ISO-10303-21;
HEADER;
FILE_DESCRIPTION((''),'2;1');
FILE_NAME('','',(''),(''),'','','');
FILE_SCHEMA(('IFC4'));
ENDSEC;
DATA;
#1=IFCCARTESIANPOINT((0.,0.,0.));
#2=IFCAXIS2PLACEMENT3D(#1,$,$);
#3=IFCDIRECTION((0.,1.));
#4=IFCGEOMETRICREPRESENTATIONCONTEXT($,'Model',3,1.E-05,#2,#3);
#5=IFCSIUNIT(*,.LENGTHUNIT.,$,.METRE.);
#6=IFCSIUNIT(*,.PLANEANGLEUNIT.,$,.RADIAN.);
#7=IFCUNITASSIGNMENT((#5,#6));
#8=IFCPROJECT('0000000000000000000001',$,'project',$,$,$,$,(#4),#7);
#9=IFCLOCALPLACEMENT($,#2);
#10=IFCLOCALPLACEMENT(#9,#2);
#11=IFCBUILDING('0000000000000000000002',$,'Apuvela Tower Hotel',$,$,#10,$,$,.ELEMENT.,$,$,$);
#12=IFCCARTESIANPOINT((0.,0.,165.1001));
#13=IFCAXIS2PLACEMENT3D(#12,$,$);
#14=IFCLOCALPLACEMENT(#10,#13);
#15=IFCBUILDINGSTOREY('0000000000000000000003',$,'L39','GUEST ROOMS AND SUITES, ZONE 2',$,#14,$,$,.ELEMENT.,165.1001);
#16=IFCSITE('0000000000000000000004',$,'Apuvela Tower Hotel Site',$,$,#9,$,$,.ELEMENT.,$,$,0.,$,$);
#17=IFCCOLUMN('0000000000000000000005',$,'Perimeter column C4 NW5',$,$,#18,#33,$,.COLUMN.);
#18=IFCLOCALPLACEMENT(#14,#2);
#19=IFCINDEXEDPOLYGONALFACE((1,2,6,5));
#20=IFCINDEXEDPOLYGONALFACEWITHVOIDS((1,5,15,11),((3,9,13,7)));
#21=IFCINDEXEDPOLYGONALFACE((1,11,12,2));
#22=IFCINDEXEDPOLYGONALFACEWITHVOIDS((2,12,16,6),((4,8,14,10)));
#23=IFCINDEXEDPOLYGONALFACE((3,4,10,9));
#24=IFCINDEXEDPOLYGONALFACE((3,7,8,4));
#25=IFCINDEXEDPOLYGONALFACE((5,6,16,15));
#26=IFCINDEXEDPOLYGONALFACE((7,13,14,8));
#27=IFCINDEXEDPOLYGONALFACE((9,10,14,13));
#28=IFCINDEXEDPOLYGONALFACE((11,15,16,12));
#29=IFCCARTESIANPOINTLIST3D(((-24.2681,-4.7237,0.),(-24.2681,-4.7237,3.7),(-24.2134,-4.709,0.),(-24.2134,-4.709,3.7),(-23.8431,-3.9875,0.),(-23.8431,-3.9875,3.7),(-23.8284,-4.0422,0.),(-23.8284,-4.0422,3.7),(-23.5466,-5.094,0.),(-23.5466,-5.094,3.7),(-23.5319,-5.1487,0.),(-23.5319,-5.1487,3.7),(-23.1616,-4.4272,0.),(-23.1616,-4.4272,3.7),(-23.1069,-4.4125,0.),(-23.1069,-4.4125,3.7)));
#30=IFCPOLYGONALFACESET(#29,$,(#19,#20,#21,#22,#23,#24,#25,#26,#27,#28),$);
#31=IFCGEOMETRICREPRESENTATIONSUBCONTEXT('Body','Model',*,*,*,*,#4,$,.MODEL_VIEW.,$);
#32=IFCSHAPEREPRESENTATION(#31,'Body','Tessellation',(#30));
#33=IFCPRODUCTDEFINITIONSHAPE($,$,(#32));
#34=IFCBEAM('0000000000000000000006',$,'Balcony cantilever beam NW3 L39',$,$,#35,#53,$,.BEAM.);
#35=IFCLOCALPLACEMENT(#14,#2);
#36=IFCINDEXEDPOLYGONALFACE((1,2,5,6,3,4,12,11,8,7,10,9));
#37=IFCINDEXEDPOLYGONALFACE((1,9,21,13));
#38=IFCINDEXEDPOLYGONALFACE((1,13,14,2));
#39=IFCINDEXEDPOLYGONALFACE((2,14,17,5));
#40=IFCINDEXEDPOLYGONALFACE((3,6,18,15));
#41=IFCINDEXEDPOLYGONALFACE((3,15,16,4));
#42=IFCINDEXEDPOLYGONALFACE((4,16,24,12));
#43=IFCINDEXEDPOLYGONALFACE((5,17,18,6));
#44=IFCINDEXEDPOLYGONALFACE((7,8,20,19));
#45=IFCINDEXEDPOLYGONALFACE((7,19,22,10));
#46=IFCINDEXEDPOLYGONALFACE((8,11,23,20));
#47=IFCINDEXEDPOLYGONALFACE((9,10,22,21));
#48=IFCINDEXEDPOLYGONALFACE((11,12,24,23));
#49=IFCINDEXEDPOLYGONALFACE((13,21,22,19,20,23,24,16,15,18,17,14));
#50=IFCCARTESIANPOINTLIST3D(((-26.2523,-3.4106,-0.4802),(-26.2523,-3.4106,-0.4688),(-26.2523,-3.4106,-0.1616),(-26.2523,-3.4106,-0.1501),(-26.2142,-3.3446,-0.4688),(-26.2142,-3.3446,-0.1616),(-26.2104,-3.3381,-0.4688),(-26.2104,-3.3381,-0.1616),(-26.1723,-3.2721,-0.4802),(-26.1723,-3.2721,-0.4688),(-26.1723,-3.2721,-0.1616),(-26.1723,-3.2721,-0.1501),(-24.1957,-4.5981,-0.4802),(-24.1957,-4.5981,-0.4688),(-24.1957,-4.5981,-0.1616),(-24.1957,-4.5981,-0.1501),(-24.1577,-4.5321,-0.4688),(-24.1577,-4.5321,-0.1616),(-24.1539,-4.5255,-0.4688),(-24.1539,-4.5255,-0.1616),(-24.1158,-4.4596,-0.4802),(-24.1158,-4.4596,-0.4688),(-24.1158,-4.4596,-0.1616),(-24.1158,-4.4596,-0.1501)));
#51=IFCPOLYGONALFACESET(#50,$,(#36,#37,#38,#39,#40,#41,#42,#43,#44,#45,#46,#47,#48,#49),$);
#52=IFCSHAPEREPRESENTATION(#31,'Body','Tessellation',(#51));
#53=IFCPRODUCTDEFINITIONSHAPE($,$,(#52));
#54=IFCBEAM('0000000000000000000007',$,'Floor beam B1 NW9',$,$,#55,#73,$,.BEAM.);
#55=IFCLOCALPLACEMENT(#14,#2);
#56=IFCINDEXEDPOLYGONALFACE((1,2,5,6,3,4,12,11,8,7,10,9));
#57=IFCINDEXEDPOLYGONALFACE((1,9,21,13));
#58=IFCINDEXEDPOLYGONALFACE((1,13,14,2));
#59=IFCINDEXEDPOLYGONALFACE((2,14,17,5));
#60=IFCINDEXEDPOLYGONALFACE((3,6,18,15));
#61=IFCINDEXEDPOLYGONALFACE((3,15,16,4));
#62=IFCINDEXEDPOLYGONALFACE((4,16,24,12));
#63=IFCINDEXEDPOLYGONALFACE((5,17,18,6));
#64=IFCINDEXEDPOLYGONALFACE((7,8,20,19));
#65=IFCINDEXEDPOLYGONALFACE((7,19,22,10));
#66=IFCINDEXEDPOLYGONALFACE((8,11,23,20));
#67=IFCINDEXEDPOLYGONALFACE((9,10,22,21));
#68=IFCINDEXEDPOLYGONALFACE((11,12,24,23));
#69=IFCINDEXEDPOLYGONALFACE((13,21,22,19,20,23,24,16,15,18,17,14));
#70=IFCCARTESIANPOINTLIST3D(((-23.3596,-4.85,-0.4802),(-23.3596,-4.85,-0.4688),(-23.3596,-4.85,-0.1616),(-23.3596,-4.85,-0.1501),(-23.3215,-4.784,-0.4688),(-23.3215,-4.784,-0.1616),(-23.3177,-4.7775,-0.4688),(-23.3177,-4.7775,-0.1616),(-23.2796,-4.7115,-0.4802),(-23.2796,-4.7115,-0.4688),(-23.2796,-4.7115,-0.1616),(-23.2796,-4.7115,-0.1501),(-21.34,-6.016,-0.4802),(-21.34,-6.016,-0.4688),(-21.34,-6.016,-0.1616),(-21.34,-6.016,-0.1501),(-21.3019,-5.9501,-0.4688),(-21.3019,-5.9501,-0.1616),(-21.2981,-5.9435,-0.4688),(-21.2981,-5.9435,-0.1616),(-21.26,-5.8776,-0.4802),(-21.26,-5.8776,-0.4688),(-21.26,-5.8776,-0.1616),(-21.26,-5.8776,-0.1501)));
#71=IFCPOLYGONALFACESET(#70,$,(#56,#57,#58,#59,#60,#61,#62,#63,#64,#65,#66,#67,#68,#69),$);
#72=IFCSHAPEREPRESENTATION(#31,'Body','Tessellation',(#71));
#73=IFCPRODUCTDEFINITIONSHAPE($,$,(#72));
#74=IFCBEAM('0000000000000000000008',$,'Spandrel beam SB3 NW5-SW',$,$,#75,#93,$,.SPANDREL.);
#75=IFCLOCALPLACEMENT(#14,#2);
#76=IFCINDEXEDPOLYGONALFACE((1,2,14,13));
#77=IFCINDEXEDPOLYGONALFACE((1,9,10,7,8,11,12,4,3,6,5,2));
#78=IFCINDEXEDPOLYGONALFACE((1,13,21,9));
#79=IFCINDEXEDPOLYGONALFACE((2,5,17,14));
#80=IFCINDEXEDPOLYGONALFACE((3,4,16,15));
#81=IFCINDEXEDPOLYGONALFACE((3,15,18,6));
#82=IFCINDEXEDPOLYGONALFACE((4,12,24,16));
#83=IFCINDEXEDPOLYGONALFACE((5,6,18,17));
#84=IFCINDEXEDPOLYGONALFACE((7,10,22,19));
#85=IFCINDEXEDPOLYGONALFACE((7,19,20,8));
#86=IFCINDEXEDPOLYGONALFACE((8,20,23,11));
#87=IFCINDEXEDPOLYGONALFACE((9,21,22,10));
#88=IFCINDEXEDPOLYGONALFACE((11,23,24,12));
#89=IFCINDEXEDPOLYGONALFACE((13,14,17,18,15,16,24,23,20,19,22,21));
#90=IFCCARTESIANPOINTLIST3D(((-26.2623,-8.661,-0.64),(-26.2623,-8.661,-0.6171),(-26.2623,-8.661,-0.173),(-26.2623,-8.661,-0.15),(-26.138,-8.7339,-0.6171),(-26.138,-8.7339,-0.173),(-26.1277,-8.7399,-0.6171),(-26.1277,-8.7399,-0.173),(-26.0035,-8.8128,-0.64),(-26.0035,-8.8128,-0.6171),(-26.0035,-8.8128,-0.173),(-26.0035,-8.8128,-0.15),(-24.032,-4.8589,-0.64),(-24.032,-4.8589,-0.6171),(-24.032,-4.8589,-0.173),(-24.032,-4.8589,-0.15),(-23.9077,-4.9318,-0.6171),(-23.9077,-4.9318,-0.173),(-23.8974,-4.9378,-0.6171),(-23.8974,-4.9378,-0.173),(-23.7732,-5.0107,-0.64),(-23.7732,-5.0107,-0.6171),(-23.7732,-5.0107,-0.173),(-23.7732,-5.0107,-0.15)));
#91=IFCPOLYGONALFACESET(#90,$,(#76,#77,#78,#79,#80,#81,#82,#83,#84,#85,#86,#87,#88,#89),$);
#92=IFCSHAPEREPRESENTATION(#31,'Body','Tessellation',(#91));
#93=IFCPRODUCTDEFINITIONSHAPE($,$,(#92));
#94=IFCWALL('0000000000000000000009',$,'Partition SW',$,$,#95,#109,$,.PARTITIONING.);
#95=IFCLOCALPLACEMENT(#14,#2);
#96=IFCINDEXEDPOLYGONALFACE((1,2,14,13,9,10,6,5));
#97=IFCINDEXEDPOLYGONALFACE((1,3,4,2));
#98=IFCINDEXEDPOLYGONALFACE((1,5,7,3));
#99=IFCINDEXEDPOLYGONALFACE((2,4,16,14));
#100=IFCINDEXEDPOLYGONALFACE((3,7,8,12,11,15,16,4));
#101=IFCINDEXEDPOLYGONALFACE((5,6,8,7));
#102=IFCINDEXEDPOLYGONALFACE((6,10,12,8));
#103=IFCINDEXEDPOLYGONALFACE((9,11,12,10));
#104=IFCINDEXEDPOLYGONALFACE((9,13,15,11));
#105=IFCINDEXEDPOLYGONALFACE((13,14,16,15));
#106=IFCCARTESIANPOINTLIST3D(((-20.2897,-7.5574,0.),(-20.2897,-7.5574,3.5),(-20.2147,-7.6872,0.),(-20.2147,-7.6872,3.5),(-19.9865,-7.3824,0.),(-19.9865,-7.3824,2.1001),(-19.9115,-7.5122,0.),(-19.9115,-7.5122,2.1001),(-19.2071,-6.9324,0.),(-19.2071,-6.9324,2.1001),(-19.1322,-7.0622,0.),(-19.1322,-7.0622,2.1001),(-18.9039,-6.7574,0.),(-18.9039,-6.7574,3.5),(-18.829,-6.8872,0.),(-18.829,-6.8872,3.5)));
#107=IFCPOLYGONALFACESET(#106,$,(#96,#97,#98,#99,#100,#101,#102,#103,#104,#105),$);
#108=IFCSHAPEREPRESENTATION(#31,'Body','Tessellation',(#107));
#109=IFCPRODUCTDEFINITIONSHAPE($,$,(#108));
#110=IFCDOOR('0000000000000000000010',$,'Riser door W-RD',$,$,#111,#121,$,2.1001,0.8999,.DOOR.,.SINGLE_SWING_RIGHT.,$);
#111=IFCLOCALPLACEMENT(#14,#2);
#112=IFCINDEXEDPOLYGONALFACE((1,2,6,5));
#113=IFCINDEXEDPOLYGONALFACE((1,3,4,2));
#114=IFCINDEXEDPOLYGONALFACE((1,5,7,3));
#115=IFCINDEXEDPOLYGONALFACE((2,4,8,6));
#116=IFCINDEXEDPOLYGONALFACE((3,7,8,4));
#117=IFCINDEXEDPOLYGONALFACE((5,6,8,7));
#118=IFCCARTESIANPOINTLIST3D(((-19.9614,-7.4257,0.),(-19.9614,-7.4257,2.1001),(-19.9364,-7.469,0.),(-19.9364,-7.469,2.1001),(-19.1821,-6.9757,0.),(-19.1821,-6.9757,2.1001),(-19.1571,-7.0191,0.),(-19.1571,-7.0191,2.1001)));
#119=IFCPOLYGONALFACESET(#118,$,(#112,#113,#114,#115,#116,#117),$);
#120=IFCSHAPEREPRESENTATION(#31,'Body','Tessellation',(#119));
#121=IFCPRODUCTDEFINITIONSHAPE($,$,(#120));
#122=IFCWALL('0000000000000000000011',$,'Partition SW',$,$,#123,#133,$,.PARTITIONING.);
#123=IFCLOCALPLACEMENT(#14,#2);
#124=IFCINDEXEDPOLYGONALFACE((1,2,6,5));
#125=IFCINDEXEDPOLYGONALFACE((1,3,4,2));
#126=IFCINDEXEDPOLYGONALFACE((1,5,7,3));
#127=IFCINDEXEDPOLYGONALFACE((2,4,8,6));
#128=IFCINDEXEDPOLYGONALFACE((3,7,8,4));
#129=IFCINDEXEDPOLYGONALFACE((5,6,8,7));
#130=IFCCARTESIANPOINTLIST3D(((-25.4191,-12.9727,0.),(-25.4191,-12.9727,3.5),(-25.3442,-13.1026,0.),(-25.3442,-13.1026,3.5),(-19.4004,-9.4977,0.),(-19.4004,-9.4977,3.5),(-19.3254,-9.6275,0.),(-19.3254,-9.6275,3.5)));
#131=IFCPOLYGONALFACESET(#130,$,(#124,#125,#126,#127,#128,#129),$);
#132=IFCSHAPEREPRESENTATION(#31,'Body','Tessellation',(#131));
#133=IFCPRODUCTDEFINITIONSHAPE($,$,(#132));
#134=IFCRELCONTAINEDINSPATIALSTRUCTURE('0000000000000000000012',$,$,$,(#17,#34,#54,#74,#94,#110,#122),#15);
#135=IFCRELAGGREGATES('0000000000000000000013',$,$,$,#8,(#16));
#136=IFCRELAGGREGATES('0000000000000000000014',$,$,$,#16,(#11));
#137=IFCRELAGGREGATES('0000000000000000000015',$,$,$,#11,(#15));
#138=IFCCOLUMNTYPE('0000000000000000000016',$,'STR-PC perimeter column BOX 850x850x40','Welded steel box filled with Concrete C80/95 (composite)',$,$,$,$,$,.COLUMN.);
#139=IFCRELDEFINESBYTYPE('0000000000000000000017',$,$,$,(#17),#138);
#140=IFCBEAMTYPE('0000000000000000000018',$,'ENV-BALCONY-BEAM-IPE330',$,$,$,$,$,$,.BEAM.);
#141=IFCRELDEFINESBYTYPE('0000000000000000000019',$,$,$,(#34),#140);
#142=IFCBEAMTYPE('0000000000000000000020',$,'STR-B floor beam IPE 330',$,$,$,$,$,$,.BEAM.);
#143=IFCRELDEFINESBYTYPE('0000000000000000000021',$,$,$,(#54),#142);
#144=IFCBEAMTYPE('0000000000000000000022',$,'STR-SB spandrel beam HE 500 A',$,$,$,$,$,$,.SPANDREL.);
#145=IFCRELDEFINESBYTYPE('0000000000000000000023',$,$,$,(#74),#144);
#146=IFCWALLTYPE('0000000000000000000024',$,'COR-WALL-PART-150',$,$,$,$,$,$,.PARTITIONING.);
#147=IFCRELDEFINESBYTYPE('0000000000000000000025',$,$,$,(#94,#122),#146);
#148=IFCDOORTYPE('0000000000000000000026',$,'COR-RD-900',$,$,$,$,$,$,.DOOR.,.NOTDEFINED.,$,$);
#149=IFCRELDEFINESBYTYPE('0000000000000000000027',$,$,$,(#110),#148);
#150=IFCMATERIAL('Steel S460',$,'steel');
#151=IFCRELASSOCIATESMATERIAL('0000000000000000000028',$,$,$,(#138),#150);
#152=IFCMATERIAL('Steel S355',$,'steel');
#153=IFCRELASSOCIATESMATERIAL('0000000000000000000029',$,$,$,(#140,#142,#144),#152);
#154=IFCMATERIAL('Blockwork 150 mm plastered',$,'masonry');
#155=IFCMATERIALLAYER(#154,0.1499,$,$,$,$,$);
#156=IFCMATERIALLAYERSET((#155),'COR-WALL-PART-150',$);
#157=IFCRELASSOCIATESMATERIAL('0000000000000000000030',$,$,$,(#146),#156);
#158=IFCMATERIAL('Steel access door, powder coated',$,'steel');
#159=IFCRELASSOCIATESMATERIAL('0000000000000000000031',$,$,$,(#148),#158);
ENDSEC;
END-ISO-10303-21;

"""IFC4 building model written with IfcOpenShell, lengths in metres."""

from ifc_helpers import new_model, si_unit, direction, frame, frame_2d, origin, origin_2d, place, context, subcontext, project, spatial, rectangle, hollow_rectangle, i_section, extrude, material, layer, layer_set, material_profile, profile_set, type_object, element, fill, save


model = new_model("IFC4")

# Units and contexts
model_context = context("Model", 3, precision=1e-05, world=origin(), true_north=direction((0.0, 1.0)))
body_context = subcontext(model_context, "Body", "Model", "MODEL_VIEW")
ifc_project = project(units=[si_unit("LENGTHUNIT", "METRE"), si_unit("PLANEANGLEUNIT", "RADIAN")], contexts=[model_context])

# Site, building, storey
site_placement = place(None, origin())
site = spatial("IfcSite", under=ifc_project, at=site_placement, Name="Apuvela Tower Hotel Site", CompositionType="ELEMENT", RefElevation=0.0)
building_placement = place(site_placement, origin())
building = spatial("IfcBuilding", under=site, at=building_placement, Name="Apuvela Tower Hotel", CompositionType="ELEMENT")
storey_placement = place(building_placement, frame((0.0, 0.0, 165.1001)))
storey = spatial("IfcBuildingStorey", under=building, at=storey_placement, Name="L39", Description="GUEST ROOMS AND SUITES, ZONE 2", CompositionType="ELEMENT", Elevation=165.1001)

# Column
ifc_material_1 = material(Name="Steel S460", Category="steel")
ifc_material_profile_1 = material_profile(ifc_material_1, hollow_rectangle(XDim=0.8501, YDim=0.8501, WallThickness=0.04, at=origin_2d()), Name="BOX 850x850x40")
ifc_material_2 = material(Name="Concrete C80/95", Category="concrete")
ifc_material_profile_2 = material_profile(ifc_material_2, rectangle(XDim=0.77, YDim=0.77, at=origin_2d()), Name="Concrete C80/95 infill")
ifc_profile_set_1 = profile_set([ifc_material_profile_1, ifc_material_profile_2], Name="Steel S460")
column_type = type_object("IfcColumnType", Name="STR-PC perimeter column BOX 850x850x40", Description="Welded steel box filled with Concrete C80/95 (composite)", PredefinedType="COLUMN", material=ifc_profile_set_1)
column_placement = place(storey_placement, frame((-23.6875, -4.5681, 0.0), z_axis=(0.0, 0.0, 1.0), x_axis=(0.5, 0.866025, 0.0)))
element("IfcColumn", 1, at=column_placement, inside=storey, type_object=column_type, Name="Perimeter column C4 NW5", PredefinedType="COLUMN", context=body_context, shape_type="SweptSolid", body=[
    extrude(hollow_rectangle(XDim=0.8501, YDim=0.8501, WallThickness=0.04, at=origin_2d()), origin(), (0.0, 0.0, 1.0), 3.7),
])

# Beams
ifc_material_3 = material(Name="Steel S355", Category="steel")
ifc_material_profile_3 = material_profile(ifc_material_3, i_section(OverallWidth=0.1599, OverallDepth=0.3301, WebThickness=0.0076, FlangeThickness=0.0115, at=origin_2d()), Name="IPE 330")
ifc_profile_set_2 = profile_set([ifc_material_profile_3], Name="Steel S355")
beam_type_1 = type_object("IfcBeamType", Name="ENV-BALCONY-BEAM-IPE330", PredefinedType="BEAM", material=ifc_profile_set_2)
beam_1_placement = place(storey_placement, frame((-24.1558, -4.5288, -0.3152), z_axis=(-0.866008, 0.500031, 0.0), x_axis=(-0.500031, -0.866008, 0.0)))
element("IfcBeam", 2, at=beam_1_placement, inside=storey, type_object=beam_type_1, Name="Balcony cantilever beam NW3 L39", PredefinedType="BEAM", context=body_context, shape_type="SweptSolid", body=[
    extrude(i_section(OverallWidth=0.1599, OverallDepth=0.3301, WebThickness=0.0076, FlangeThickness=0.0115, at=origin_2d()), origin(), (0.0, 0.0, 1.0), 2.3748),
])
ifc_material_profile_4 = material_profile(ifc_material_3, i_section(OverallWidth=0.1599, OverallDepth=0.3301, WebThickness=0.0076, FlangeThickness=0.0115, at=origin_2d()), Name="IPE 330")
ifc_profile_set_3 = profile_set([ifc_material_profile_4], Name="Steel S355")
beam_type_2 = type_object("IfcBeamType", Name="STR-B floor beam IPE 330", PredefinedType="BEAM", material=ifc_profile_set_3)
beam_2_placement = place(storey_placement, frame((-23.3196, -4.7808, -0.3152), z_axis=(0.866018, -0.500012, 0.0), x_axis=(0.500012, 0.866018, 0.0)))
element("IfcBeam", 3, at=beam_2_placement, inside=storey, type_object=beam_type_2, Name="Floor beam B1 NW9", PredefinedType="BEAM", context=body_context, shape_type="SweptSolid", body=[
    extrude(i_section(OverallWidth=0.1599, OverallDepth=0.3301, WebThickness=0.0076, FlangeThickness=0.0115, at=origin_2d()), origin(), (0.0, 0.0, 1.0), 2.332),
])
ifc_material_profile_5 = material_profile(ifc_material_3, i_section(OverallWidth=0.3, OverallDepth=0.49, WebThickness=0.012, FlangeThickness=0.0229, at=origin_2d()), Name="HE 500 A")
ifc_profile_set_4 = profile_set([ifc_material_profile_5], Name="Steel S355")
beam_type_3 = type_object("IfcBeamType", Name="STR-SB spandrel beam HE 500 A", PredefinedType="SPANDREL", material=ifc_profile_set_4)
beam_3_placement = place(storey_placement, frame((-23.9026, -4.9348, -0.395), z_axis=(-0.505967, -0.862553, 0.0), x_axis=(0.862553, -0.505967, 0.0)))
element("IfcBeam", 4, at=beam_3_placement, inside=storey, type_object=beam_type_3, Name="Spandrel beam SB3 NW5-SW", PredefinedType="SPANDREL", context=body_context, shape_type="SweptSolid", body=[
    extrude(i_section(OverallWidth=0.3, OverallDepth=0.49, WebThickness=0.012, FlangeThickness=0.0229, at=origin_2d()), origin(), (0.0, 0.0, 1.0), 4.408),
])

# Wall, opening, door
ifc_material_4 = material(Name="Blockwork 150 mm plastered", Category="masonry")
ifc_layer_1 = layer(ifc_material_4, 0.1499)
ifc_layer_set_1 = layer_set([ifc_layer_1], Name="COR-WALL-PART-150")
wall_type_1 = type_object("IfcWallType", Name="COR-WALL-PART-150", PredefinedType="PARTITIONING", material=ifc_layer_set_1)
wall_1_placement = place(storey_placement, frame((-18.8665, -6.8223, 0.0), z_axis=(0.0, 0.0, 1.0), x_axis=(-0.866028, -0.499995, 0.0)))
wall_1 = element("IfcWall", 5, at=wall_1_placement, inside=storey, type_object=wall_type_1, Name="Partition SW", PredefinedType="PARTITIONING", context=body_context, shape_type="SweptSolid", body=[
    extrude(rectangle(XDim=1.6001, YDim=0.1499, at=frame_2d((0.8, 0.0))), origin(), (0.0, 0.0, 1.0), 3.5),
])
opening_1_placement = place(wall_1_placement, frame((0.3501, 0.0, 0.0)))
opening_1 = element("IfcOpeningElement", 6, at=opening_1_placement, cuts=wall_1, PredefinedType="OPENING", context=body_context, shape_type="SweptSolid", body=[
    extrude(rectangle(XDim=0.8999, YDim=2.1001, at=frame_2d((0.45, 1.05))), frame((0.0, 0.085, 0.0), z_axis=(0.0, -1.0, 0.0), x_axis=(1.0, 0.0, 0.0)), (0.0, 0.0, 1.0), 0.1699),
])
ifc_material_5 = material(Name="Steel access door, powder coated", Category="steel")
door_type_1 = type_object("IfcDoorType", Name="COR-RD-900", OperationType="NOTDEFINED", PredefinedType="DOOR", material=ifc_material_5)
door_1_placement = place(opening_1_placement, frame((0.8999, 0.0, 0.0), z_axis=(0.0, 0.0, 1.0), x_axis=(-1.0, 0.0, 0.0)))
door_1 = element("IfcDoor", 7, at=door_1_placement, inside=storey, type_object=door_type_1, Name="Riser door W-RD", OperationType="SINGLE_SWING_RIGHT", OverallHeight=2.1001, OverallWidth=0.8999, PredefinedType="DOOR", context=body_context, shape_type="SweptSolid", body=[
    extrude(rectangle(XDim=0.8999, YDim=2.1001, at=frame_2d((0.45, 1.05))), frame((0.0, 0.0249, 0.0), z_axis=(0.0, -1.0, 0.0), x_axis=(1.0, 0.0, 0.0)), (0.0, 0.0, 1.0), 0.05),
])
fill(opening_1, door_1)

# Wall
wall_2_placement = place(storey_placement, frame((-19.3628, -9.5625, 0.0), z_axis=(0.0, 0.0, 1.0), x_axis=(-0.866017, -0.500015, 0.0)))
element("IfcWall", 8, at=wall_2_placement, inside=storey, type_object=wall_type_1, Name="Partition SW", PredefinedType="PARTITIONING", context=body_context, shape_type="SweptSolid", body=[
    extrude(rectangle(XDim=6.95, YDim=0.1499, at=frame_2d((3.4751, 0.0))), origin(), (0.0, 0.0, 1.0), 3.5),
])

save(model, "model.ifc")
